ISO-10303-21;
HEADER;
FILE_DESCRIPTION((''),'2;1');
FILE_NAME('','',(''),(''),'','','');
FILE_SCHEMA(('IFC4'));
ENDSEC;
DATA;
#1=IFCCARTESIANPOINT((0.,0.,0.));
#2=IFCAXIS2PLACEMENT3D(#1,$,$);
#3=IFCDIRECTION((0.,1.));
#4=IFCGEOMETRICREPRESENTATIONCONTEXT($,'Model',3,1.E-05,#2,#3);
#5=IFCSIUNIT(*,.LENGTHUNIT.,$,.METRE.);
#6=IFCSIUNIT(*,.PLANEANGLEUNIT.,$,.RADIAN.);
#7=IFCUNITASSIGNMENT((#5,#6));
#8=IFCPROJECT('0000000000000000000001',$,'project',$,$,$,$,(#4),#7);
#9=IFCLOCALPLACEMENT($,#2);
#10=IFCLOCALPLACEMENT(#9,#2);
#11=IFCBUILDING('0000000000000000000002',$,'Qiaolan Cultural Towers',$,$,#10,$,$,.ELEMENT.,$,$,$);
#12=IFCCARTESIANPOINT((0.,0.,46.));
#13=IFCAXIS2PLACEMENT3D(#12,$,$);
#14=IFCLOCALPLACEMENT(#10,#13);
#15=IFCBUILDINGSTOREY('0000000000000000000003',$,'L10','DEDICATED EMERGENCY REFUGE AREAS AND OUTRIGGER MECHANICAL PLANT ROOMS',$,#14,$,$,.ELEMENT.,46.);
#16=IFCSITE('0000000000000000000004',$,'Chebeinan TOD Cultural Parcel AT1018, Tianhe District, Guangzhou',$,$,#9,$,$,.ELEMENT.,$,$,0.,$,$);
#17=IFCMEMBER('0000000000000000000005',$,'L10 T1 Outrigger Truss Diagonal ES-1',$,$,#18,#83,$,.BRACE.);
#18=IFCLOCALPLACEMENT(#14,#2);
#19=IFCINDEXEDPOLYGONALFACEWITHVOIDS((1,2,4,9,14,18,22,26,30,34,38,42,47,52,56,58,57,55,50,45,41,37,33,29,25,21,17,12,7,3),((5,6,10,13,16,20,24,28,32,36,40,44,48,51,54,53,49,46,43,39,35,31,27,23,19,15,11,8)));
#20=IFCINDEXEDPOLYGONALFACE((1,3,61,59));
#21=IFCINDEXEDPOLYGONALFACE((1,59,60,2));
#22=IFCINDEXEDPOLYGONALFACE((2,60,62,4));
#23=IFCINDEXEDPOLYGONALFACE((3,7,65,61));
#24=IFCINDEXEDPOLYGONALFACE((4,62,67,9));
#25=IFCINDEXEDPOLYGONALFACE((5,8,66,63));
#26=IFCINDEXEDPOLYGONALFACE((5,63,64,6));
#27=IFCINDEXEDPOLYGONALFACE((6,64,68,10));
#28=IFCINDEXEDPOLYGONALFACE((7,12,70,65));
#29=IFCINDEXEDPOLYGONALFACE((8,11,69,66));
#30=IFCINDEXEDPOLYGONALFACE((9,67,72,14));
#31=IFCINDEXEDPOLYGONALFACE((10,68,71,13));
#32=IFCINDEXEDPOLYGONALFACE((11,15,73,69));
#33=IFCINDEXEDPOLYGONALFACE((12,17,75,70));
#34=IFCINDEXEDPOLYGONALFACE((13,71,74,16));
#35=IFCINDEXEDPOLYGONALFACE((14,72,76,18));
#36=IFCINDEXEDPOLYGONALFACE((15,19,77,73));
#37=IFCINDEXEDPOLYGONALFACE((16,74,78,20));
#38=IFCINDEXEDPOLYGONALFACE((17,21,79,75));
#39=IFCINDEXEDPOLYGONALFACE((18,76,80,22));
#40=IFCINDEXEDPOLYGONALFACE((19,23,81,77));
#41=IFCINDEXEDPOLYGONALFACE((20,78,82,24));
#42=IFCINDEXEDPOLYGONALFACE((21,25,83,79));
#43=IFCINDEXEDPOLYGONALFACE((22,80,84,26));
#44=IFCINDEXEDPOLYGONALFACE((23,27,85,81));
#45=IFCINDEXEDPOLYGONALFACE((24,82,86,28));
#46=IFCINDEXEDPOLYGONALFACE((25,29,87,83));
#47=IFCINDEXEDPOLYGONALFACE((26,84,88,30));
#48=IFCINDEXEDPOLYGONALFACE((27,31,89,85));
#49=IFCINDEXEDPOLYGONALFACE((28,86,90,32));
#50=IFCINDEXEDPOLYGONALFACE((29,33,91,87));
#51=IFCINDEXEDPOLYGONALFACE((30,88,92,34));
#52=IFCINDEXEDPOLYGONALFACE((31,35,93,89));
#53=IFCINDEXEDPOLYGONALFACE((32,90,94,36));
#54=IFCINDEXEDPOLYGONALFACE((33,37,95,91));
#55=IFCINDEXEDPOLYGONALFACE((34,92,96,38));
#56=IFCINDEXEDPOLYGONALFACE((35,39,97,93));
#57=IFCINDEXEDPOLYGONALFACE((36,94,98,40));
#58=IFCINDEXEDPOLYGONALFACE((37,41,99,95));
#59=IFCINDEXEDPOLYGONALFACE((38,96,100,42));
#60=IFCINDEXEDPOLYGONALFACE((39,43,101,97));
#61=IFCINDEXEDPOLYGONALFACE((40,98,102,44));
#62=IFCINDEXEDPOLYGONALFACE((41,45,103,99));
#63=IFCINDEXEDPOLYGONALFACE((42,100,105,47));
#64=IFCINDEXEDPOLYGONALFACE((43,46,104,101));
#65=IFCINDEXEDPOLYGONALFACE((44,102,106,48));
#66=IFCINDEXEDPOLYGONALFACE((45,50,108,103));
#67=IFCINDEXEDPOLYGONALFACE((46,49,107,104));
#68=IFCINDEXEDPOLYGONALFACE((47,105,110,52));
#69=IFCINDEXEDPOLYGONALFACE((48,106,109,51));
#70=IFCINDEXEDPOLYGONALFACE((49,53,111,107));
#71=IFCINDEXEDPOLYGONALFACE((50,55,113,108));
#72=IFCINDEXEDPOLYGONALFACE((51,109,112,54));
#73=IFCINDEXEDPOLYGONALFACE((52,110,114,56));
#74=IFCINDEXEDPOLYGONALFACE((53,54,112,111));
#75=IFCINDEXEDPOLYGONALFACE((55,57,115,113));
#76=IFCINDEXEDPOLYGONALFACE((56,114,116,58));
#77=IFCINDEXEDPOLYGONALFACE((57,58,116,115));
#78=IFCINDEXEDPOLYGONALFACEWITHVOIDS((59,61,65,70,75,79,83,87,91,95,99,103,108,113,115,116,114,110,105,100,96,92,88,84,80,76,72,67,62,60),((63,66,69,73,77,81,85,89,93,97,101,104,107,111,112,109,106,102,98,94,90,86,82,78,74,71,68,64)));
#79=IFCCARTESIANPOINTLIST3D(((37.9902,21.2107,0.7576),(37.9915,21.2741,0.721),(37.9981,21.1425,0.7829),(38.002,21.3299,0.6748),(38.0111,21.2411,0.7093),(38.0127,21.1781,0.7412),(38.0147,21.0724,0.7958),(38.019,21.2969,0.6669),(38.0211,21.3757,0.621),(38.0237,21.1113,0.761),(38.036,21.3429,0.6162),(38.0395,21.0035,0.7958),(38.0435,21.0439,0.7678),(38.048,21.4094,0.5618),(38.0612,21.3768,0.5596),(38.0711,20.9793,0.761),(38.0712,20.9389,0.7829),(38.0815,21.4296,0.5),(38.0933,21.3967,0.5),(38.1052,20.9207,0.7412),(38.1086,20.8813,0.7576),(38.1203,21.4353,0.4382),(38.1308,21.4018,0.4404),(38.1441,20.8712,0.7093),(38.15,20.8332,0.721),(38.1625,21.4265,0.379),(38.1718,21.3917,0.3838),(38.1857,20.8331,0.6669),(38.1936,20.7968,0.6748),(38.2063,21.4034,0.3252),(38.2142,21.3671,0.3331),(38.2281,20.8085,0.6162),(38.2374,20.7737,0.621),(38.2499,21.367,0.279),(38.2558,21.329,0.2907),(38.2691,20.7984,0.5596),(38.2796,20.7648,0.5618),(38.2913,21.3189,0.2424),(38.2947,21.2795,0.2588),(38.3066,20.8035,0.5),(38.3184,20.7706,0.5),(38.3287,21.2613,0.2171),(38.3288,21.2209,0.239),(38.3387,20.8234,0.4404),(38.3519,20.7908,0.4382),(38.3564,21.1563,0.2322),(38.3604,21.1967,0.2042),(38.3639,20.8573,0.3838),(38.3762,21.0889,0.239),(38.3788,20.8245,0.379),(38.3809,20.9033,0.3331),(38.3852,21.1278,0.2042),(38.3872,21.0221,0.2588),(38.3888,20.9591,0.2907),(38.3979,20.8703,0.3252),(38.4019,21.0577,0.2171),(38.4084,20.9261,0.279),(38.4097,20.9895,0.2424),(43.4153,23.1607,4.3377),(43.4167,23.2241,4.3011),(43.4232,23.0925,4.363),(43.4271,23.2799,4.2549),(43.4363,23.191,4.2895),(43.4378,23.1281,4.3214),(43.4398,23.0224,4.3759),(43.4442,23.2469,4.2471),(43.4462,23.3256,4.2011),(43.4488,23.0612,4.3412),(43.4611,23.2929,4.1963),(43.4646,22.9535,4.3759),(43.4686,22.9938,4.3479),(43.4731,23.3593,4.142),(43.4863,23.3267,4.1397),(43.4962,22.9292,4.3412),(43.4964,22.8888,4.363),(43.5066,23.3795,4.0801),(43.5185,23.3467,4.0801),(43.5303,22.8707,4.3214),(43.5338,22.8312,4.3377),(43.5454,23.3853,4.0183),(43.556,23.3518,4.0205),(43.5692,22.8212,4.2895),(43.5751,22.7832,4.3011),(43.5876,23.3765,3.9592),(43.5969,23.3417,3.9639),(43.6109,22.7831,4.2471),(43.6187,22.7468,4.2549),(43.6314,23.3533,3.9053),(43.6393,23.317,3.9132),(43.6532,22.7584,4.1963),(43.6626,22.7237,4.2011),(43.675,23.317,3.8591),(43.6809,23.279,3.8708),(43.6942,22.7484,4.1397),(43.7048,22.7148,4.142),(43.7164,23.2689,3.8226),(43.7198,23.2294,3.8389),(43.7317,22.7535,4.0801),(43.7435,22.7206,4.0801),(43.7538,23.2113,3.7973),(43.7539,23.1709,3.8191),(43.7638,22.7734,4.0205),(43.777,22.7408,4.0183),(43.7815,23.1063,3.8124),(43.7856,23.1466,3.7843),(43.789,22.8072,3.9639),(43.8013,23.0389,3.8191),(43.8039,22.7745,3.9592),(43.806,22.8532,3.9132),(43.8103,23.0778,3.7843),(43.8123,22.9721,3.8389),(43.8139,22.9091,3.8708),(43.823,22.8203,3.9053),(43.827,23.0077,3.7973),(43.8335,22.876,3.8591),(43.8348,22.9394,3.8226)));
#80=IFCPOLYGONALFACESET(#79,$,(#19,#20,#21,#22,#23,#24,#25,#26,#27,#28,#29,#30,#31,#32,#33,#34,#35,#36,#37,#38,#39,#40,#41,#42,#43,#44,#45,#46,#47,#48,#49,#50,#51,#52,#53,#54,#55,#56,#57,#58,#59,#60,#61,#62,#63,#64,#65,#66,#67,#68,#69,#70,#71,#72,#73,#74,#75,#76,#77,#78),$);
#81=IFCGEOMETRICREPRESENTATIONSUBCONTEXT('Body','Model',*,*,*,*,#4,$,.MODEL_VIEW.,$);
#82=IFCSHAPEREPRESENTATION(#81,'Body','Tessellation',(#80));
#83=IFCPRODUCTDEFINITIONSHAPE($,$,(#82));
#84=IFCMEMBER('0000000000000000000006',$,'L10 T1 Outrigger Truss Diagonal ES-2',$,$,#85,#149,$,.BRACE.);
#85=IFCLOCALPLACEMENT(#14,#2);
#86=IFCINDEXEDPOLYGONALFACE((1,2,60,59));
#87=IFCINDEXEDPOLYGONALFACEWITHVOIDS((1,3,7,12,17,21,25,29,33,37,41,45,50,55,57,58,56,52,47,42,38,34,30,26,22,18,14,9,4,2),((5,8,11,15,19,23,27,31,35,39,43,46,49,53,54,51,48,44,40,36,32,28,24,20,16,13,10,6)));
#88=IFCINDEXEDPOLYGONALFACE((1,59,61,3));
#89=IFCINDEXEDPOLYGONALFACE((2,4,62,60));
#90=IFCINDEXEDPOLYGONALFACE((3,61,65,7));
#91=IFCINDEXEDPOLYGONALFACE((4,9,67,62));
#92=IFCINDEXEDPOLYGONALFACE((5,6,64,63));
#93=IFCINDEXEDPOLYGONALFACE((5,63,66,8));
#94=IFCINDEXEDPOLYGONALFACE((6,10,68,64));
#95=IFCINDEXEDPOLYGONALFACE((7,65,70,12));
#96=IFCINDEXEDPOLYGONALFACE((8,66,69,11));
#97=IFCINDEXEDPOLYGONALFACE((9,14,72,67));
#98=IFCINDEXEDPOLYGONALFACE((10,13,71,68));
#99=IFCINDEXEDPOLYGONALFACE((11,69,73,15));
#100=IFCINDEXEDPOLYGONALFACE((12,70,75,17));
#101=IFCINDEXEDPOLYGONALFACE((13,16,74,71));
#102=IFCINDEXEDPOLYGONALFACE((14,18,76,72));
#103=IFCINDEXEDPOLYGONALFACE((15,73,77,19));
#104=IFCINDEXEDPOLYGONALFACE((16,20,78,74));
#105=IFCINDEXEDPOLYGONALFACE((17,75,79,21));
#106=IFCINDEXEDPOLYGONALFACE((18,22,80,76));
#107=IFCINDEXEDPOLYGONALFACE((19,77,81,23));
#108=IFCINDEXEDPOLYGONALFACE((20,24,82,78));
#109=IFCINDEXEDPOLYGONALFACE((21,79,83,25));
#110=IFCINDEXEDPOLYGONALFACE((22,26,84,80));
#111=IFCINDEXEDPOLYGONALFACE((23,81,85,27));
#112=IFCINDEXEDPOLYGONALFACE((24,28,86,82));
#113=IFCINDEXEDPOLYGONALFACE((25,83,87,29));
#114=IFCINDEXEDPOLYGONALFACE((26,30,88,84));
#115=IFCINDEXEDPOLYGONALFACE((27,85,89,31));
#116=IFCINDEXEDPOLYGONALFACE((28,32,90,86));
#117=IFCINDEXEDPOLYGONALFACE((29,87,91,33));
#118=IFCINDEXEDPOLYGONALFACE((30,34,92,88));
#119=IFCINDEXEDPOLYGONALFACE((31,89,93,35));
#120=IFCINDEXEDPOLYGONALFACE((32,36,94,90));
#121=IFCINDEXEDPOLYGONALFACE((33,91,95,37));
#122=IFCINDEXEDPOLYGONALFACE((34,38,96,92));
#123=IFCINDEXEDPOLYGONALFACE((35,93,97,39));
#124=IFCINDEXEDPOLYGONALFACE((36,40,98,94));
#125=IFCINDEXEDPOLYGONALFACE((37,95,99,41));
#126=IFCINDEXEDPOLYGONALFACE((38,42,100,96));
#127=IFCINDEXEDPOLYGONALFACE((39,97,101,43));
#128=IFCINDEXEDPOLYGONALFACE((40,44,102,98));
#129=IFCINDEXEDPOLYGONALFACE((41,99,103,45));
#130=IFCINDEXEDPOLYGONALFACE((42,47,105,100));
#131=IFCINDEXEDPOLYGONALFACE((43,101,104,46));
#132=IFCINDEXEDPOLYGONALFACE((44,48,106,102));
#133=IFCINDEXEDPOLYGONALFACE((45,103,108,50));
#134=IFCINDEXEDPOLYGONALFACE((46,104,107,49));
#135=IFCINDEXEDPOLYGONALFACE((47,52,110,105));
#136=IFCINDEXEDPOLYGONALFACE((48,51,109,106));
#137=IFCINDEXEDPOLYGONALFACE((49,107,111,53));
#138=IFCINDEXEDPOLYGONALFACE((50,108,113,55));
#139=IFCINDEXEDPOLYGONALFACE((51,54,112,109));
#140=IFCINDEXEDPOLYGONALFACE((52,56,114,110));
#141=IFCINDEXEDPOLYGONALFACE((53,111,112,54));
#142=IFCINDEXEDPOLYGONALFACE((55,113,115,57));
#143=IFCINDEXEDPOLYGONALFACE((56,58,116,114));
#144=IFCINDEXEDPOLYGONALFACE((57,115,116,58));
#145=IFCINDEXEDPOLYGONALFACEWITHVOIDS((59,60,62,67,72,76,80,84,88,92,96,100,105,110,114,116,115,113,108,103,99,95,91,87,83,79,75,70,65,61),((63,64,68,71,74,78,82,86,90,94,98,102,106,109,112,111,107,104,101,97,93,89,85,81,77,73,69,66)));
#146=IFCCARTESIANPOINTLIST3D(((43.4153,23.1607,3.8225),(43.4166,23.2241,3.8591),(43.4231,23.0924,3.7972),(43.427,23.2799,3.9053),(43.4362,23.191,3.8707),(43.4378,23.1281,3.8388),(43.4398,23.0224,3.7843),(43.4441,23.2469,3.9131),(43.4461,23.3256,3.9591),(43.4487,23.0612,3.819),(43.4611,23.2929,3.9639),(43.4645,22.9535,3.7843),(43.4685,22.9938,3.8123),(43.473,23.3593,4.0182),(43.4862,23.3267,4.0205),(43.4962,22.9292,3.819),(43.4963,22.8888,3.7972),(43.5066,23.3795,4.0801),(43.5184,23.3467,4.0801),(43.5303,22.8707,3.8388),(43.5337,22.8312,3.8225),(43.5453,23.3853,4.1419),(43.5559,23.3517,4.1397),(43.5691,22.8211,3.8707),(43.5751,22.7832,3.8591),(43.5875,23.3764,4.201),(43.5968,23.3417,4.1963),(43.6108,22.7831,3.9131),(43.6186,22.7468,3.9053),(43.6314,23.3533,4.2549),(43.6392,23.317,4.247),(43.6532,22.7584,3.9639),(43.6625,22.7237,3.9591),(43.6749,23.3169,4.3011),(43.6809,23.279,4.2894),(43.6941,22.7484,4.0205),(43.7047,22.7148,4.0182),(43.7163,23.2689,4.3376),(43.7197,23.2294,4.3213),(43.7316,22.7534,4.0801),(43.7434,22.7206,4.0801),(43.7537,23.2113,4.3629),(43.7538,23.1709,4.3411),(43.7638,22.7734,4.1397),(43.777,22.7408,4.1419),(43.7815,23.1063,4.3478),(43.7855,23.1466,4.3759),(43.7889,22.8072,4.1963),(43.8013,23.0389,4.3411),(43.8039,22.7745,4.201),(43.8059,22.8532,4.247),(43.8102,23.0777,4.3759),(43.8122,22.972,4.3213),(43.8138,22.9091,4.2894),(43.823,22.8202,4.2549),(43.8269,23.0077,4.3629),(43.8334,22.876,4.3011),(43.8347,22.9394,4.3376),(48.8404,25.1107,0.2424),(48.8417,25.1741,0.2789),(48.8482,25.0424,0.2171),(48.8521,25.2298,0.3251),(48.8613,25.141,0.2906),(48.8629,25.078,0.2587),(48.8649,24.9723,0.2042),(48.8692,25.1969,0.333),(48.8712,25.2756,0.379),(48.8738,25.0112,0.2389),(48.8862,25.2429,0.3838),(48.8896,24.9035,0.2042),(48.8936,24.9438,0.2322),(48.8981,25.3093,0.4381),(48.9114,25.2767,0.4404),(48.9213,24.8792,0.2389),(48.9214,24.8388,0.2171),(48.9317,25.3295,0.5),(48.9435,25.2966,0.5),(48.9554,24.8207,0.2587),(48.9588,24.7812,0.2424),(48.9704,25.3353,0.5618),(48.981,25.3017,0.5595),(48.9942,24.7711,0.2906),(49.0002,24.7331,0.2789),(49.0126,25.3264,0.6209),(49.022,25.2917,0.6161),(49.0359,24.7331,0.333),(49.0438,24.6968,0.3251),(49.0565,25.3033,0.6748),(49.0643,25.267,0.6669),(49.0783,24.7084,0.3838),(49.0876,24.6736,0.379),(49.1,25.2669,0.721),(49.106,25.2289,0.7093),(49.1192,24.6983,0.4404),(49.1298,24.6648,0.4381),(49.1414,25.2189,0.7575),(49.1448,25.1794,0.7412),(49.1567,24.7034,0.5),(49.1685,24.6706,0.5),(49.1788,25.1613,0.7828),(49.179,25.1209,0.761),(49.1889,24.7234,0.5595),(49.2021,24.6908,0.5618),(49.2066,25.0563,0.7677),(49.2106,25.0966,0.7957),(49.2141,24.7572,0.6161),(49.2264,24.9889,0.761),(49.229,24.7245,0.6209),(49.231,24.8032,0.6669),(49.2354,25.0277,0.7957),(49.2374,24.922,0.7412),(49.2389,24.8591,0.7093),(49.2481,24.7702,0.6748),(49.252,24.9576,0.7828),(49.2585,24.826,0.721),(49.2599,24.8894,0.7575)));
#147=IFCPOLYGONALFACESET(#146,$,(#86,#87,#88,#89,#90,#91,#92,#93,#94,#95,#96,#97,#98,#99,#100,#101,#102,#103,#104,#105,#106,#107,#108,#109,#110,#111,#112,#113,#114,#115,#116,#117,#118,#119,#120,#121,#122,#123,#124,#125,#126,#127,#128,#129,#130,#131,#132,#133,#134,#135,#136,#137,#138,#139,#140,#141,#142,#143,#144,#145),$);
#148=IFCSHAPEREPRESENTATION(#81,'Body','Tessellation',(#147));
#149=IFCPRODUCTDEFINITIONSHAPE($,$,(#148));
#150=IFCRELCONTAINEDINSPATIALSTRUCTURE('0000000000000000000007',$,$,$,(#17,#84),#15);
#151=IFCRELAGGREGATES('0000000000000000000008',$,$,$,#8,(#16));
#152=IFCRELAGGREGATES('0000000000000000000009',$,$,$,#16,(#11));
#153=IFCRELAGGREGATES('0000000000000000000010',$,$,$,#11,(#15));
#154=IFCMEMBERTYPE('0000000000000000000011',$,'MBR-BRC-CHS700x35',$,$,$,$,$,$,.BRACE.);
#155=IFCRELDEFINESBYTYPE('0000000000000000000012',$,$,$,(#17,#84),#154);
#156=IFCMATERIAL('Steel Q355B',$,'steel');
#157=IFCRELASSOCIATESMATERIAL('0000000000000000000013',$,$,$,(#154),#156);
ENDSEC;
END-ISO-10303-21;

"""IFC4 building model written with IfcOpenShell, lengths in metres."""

from ifc_helpers import new_model, si_unit, direction, frame, origin, origin_2d, place, context, subcontext, project, spatial, hollow_circle, extrude, material, material_profile, profile_set, type_object, element, save


model = new_model("IFC4")

# Units and contexts
model_context = context("Model", 3, precision=1e-05, world=origin(), true_north=direction((0.0, 1.0)))
body_context = subcontext(model_context, "Body", "Model", "MODEL_VIEW")
ifc_project = project(units=[si_unit("LENGTHUNIT", "METRE"), si_unit("PLANEANGLEUNIT", "RADIAN")], contexts=[model_context])

# Site, building, storey
site_placement = place(None, origin())
site = spatial("IfcSite", under=ifc_project, at=site_placement, Name="Chebeinan TOD Cultural Parcel AT1018, Tianhe District, Guangzhou", CompositionType="ELEMENT", RefElevation=0.0)
building_placement = place(site_placement, origin())
building = spatial("IfcBuilding", under=site, at=building_placement, Name="Qiaolan Cultural Towers", CompositionType="ELEMENT")
storey_placement = place(building_placement, frame((0.0, 0.0, 46.0)))
storey = spatial("IfcBuildingStorey", under=building, at=storey_placement, Name="L10", Description="DEDICATED EMERGENCY REFUGE AREAS AND OUTRIGGER MECHANICAL PLANT ROOMS", CompositionType="ELEMENT", Elevation=46.0)

# Members
ifc_material_1 = material(Name="Steel Q355B", Category="steel")
ifc_material_profile_1 = material_profile(ifc_material_1, hollow_circle(Radius=0.3501, WallThickness=0.0349, at=origin_2d()), Name="CHS700x35")
ifc_profile_set_1 = profile_set([ifc_material_profile_1], Name="Steel Q355B")
member_type_1 = type_object("IfcMemberType", Name="MBR-BRC-CHS700x35", PredefinedType="BRACE", material=ifc_profile_set_1)
for number, where, z_axis, x_axis, name in (
    (1, (38.2, 21.1001, 0.5), (0.799442, 0.287347, 0.527565), (-0.338249, 0.941057, 0.0), "L10 T1 Outrigger Truss Diagonal ES-1"),
    (2, (43.625, 23.05, 4.0801), (0.799442, 0.287347, -0.527565), (-0.338249, 0.941057, 0.0), "L10 T1 Outrigger Truss Diagonal ES-2"),
):
    element("IfcMember", number, at=place(storey_placement, frame(where, z_axis=z_axis, x_axis=x_axis)), inside=storey, type_object=member_type_1, Name=name, PredefinedType="BRACE", context=body_context, shape_type="SweptSolid", body=[
        extrude(hollow_circle(Radius=0.3501, WallThickness=0.0349, at=origin_2d()), origin(), (0.0, 0.0, 1.0), 6.7861),
    ])

save(model, "model.ifc")
